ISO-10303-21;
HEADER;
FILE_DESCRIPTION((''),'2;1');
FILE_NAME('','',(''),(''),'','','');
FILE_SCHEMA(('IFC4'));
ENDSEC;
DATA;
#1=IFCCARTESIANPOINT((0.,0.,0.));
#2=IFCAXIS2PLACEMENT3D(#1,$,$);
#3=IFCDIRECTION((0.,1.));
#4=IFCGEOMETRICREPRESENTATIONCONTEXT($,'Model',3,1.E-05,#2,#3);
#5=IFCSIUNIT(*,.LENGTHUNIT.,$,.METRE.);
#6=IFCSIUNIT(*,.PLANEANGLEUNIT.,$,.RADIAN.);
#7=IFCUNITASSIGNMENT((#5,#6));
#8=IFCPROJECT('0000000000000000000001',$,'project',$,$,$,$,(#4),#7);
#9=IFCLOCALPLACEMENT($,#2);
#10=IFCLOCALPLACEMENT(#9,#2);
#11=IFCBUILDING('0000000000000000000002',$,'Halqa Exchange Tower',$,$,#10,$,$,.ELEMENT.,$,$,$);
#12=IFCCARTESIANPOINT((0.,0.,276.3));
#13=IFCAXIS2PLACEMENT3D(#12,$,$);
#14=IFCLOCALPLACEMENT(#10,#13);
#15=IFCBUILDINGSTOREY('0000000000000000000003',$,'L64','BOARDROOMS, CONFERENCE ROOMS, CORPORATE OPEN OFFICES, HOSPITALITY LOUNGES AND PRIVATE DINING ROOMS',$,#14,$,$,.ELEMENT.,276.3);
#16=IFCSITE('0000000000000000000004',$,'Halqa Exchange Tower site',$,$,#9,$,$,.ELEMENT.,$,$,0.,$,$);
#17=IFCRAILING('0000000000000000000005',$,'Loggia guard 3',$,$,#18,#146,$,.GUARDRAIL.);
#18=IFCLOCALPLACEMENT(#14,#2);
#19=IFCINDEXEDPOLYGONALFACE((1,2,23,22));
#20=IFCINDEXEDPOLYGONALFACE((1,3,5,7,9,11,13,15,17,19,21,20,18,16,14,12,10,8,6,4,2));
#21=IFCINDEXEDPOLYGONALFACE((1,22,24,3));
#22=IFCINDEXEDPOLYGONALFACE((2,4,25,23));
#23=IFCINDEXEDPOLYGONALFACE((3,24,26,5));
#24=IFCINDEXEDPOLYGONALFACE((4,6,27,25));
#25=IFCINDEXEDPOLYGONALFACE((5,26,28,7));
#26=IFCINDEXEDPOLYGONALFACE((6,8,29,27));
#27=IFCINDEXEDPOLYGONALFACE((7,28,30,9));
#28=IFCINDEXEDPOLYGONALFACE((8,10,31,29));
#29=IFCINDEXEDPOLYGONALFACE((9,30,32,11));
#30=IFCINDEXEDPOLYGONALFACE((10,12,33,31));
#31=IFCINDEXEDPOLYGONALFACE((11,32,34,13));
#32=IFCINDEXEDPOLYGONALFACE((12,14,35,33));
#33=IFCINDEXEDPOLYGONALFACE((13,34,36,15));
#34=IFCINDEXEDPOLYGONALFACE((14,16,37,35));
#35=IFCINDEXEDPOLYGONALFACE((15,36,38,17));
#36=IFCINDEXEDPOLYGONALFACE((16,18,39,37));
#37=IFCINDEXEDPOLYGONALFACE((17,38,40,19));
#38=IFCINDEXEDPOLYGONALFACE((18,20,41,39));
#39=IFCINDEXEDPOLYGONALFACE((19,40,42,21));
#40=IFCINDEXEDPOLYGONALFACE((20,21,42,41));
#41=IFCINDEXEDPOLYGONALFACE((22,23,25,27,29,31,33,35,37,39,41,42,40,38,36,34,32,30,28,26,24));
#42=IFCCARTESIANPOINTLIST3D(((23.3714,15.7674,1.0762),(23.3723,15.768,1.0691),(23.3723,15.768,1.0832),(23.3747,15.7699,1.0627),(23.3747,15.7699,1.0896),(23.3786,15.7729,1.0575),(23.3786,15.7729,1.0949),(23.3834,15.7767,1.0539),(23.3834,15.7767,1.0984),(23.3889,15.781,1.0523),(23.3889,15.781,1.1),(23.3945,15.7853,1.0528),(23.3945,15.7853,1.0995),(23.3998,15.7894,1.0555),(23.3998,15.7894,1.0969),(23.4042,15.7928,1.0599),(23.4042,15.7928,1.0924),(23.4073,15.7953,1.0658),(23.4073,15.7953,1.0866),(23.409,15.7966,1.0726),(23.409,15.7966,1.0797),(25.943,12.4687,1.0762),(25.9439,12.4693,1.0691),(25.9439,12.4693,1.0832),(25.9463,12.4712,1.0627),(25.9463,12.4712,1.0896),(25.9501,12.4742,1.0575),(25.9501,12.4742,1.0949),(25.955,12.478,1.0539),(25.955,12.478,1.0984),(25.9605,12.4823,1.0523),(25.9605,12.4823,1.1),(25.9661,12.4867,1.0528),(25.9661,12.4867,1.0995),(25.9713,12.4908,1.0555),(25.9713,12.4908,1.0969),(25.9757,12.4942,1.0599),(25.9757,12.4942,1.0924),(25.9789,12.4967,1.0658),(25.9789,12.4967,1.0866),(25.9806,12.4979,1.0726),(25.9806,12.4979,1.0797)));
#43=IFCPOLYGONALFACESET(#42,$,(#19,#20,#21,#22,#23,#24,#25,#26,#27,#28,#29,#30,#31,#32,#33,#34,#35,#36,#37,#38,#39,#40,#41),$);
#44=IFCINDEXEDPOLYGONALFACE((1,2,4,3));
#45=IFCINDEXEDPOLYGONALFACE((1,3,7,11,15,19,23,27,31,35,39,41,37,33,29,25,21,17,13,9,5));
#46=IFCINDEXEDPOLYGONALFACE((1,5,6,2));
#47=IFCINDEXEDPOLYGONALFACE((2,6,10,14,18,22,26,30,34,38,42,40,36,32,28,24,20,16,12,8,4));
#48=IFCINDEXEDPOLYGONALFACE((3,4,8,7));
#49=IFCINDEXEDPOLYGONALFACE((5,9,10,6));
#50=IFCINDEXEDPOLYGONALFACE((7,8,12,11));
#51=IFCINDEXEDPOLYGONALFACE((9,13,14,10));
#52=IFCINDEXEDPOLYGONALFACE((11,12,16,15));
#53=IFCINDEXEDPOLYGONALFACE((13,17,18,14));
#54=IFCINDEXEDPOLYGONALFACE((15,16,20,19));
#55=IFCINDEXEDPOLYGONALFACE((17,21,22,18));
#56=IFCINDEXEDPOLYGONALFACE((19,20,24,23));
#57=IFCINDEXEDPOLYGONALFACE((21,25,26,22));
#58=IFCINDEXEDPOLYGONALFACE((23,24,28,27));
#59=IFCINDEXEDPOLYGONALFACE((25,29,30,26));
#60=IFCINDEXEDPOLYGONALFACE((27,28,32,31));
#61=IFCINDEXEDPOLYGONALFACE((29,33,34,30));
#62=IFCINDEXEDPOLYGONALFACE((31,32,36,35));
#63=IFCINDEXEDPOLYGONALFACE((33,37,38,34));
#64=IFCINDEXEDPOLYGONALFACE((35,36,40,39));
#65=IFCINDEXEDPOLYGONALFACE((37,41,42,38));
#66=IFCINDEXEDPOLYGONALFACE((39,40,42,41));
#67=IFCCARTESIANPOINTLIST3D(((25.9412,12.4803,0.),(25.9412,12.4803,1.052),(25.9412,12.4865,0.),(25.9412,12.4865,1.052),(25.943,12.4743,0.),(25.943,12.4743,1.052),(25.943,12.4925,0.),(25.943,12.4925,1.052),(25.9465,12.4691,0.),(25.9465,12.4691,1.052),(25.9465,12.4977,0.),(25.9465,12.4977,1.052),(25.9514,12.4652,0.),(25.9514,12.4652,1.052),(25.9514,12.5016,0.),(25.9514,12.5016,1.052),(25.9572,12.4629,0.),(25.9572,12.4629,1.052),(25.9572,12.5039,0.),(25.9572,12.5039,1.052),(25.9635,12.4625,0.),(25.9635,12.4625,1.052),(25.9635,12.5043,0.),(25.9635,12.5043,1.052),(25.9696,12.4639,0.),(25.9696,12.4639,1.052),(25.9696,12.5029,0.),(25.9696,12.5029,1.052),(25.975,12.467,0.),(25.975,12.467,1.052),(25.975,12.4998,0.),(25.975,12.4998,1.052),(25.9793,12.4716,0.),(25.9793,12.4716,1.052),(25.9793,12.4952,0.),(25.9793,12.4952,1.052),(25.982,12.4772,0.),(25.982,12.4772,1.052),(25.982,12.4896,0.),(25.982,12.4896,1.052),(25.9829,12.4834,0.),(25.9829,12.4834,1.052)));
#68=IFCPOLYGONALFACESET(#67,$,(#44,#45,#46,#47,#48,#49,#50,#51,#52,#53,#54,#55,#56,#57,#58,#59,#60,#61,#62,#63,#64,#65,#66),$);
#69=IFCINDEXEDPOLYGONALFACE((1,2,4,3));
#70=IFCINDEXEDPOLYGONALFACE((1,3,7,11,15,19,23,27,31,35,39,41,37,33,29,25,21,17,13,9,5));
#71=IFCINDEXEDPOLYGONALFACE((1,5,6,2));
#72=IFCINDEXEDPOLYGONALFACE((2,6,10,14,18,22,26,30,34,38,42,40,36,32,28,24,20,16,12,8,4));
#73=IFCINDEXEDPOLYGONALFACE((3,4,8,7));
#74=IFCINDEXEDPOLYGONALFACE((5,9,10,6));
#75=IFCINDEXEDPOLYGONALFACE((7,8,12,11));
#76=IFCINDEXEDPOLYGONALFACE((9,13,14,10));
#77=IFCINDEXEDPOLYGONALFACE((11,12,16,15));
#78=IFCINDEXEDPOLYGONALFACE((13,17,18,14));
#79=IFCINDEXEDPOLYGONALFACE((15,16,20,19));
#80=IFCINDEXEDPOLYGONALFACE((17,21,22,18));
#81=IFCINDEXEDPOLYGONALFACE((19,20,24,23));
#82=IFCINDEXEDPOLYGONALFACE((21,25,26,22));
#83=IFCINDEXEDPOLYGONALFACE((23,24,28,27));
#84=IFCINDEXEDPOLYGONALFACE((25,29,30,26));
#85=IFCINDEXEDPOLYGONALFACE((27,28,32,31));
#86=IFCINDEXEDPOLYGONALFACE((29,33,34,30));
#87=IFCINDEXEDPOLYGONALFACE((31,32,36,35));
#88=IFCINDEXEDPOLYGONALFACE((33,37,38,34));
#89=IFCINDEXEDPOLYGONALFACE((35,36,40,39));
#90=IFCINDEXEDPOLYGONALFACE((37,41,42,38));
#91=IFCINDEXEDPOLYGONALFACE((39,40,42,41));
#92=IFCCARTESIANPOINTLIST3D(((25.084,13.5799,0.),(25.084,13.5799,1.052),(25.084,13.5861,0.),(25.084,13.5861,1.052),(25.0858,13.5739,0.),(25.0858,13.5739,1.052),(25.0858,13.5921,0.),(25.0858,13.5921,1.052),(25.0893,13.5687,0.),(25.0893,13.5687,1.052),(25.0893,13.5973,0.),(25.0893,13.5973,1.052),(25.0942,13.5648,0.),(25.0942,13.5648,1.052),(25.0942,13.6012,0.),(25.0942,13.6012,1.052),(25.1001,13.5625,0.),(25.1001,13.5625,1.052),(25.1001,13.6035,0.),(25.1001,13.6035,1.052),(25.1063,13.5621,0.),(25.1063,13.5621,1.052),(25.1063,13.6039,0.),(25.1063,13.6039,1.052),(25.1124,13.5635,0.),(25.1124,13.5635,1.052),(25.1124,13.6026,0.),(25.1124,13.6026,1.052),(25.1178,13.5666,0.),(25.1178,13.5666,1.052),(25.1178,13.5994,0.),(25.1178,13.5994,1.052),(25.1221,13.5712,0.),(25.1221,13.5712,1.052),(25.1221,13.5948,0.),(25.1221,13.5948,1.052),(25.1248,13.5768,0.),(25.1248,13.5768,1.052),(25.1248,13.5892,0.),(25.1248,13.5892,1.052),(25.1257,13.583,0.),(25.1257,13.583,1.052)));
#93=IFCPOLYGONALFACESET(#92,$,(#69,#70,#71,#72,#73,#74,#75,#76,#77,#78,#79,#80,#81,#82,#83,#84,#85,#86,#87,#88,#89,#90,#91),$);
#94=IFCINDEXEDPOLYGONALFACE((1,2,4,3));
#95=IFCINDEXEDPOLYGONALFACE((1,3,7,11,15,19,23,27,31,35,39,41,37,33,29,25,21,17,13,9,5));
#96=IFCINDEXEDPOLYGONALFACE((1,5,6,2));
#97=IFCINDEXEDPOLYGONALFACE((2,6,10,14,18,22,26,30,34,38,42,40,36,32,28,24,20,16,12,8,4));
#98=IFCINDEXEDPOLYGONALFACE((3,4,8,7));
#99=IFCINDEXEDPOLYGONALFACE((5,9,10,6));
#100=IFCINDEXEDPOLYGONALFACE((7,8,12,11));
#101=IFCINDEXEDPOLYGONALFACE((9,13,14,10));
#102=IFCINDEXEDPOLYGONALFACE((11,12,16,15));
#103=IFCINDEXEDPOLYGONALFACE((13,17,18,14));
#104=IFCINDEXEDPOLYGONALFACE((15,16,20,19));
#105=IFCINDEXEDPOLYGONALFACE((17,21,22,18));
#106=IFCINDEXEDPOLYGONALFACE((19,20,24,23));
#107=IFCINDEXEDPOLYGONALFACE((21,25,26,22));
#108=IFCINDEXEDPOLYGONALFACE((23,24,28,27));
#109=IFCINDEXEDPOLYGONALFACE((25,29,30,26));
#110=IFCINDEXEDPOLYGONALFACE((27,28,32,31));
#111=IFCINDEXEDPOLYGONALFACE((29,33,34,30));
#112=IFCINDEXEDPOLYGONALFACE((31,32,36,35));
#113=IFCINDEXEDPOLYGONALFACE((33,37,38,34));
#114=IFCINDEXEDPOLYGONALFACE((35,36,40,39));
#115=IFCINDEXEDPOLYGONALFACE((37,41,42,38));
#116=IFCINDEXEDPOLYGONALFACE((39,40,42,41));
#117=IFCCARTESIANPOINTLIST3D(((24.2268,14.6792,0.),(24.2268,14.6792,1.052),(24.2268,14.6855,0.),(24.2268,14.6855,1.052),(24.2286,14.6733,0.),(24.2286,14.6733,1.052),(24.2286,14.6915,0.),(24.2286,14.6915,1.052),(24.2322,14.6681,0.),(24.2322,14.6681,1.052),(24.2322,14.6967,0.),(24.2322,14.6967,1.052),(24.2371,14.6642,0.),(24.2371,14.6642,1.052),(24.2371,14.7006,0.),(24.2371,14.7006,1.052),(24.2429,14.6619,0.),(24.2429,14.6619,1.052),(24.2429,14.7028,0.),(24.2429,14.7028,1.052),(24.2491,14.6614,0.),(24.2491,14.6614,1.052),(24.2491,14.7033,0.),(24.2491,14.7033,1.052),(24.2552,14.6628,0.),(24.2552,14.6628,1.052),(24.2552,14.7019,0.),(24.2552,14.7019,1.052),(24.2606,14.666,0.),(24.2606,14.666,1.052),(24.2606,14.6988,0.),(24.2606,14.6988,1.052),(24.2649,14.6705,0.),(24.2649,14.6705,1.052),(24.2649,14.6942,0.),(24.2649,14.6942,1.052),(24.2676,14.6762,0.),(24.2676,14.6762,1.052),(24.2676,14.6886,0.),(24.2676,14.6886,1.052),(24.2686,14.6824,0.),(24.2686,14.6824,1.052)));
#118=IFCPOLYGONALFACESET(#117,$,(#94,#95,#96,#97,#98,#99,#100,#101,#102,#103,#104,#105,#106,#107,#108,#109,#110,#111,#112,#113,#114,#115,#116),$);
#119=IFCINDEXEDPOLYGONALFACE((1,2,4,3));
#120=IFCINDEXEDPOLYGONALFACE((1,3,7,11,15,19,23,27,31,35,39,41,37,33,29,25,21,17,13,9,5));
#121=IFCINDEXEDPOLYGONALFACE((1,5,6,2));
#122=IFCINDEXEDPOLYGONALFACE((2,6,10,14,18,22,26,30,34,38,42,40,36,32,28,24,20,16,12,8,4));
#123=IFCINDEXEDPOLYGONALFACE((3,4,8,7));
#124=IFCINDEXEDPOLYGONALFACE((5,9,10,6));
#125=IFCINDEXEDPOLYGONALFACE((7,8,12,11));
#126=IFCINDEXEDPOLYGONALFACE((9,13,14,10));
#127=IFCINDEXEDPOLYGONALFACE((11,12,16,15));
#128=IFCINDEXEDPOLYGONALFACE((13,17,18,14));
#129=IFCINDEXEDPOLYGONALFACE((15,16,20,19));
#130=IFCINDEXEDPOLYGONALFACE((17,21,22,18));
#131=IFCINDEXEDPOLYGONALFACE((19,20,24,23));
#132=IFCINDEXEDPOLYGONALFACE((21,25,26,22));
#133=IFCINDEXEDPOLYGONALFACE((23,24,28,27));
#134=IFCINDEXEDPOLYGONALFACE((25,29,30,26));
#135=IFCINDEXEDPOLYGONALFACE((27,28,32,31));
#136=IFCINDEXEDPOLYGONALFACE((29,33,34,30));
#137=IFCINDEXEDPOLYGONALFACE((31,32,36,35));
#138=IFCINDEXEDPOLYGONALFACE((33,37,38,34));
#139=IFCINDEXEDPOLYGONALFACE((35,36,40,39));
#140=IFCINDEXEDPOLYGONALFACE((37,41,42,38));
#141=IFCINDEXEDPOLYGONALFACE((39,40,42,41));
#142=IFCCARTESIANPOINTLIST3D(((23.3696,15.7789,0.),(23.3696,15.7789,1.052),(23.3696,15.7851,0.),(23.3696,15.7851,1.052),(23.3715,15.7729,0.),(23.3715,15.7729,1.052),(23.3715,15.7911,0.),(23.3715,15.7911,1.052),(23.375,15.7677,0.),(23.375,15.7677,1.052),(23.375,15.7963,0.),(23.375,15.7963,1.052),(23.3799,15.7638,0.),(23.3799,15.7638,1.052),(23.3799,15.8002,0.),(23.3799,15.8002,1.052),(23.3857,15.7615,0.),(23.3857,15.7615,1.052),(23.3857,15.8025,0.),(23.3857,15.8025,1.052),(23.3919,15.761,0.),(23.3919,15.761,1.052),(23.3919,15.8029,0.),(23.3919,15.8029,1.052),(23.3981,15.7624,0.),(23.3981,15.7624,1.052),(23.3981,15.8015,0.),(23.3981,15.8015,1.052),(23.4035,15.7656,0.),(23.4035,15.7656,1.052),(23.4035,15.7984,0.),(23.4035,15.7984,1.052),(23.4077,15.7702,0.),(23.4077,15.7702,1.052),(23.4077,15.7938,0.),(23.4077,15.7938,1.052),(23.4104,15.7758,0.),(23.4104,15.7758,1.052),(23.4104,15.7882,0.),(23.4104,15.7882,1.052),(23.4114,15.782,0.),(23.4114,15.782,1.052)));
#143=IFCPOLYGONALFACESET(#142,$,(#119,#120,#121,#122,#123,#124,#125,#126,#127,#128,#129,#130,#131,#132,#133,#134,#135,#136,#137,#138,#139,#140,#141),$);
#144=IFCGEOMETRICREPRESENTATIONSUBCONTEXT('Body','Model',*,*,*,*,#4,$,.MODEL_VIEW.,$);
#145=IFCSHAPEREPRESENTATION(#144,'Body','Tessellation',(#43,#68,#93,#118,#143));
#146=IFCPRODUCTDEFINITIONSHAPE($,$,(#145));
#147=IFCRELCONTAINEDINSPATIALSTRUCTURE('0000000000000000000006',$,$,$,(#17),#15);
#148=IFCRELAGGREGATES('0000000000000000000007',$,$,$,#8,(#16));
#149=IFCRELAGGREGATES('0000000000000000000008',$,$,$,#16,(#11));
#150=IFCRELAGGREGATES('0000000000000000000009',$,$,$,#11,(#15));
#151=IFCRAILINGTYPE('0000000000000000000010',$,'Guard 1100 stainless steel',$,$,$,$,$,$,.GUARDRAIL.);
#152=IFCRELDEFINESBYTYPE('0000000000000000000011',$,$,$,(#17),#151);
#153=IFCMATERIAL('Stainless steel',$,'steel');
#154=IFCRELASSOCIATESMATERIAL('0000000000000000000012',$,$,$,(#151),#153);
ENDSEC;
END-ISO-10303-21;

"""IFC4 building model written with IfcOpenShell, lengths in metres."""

from ifc_helpers import new_model, si_unit, direction, frame, origin, origin_2d, place, context, subcontext, project, spatial, circle, extrude, material, type_object, element, save


model = new_model("IFC4")

# Units and contexts
model_context = context("Model", 3, precision=1e-05, world=origin(), true_north=direction((0.0, 1.0)))
body_context = subcontext(model_context, "Body", "Model", "MODEL_VIEW")
ifc_project = project(units=[si_unit("LENGTHUNIT", "METRE"), si_unit("PLANEANGLEUNIT", "RADIAN")], contexts=[model_context])

# Site, building, storey
site_placement = place(None, origin())
site = spatial("IfcSite", under=ifc_project, at=site_placement, Name="Halqa Exchange Tower site", CompositionType="ELEMENT", RefElevation=0.0)
building_placement = place(site_placement, origin())
building = spatial("IfcBuilding", under=site, at=building_placement, Name="Halqa Exchange Tower", CompositionType="ELEMENT")
storey_placement = place(building_placement, frame((0.0, 0.0, 276.3)))
storey = spatial("IfcBuildingStorey", under=building, at=storey_placement, Name="L64", Description="BOARDROOMS, CONFERENCE ROOMS, CORPORATE OPEN OFFICES, HOSPITALITY LOUNGES AND PRIVATE DINING ROOMS", CompositionType="ELEMENT", Elevation=276.3)

# Railing
ifc_material_1 = material(Name="Stainless steel", Category="steel")
railing_type = type_object("IfcRailingType", Name="Guard 1100 stainless steel", PredefinedType="GUARDRAIL", material=ifc_material_1)
railing_1_placement = place(storey_placement, frame((25.9619, 12.4834, 0.0)))
element("IfcRailing", 1, at=railing_1_placement, inside=storey, type_object=railing_type, Name="Loggia guard 3", PredefinedType="GUARDRAIL", context=body_context, shape_type="SweptSolid", body=[
    extrude(circle(Radius=0.0239, at=origin_2d()), frame((0.0, 0.0, 1.0762), z_axis=(-0.614829, 0.78866, 0.0), x_axis=(-0.78866, -0.614829, 0.0)), (0.0, 0.0, 1.0), 4.1826),
    extrude(circle(Radius=0.021, at=origin_2d()), origin(), (0.0, 0.0, 1.0), 1.052),
    extrude(circle(Radius=0.021, at=origin_2d()), frame((-0.8572, 1.0996, 0.0)), (0.0, 0.0, 1.0), 1.052),
    extrude(circle(Radius=0.021, at=origin_2d()), frame((-1.7144, 2.199, 0.0)), (0.0, 0.0, 1.0), 1.052),
    extrude(circle(Radius=0.021, at=origin_2d()), frame((-2.5715, 3.2986, 0.0)), (0.0, 0.0, 1.0), 1.052),
])

save(model, "model.ifc")
